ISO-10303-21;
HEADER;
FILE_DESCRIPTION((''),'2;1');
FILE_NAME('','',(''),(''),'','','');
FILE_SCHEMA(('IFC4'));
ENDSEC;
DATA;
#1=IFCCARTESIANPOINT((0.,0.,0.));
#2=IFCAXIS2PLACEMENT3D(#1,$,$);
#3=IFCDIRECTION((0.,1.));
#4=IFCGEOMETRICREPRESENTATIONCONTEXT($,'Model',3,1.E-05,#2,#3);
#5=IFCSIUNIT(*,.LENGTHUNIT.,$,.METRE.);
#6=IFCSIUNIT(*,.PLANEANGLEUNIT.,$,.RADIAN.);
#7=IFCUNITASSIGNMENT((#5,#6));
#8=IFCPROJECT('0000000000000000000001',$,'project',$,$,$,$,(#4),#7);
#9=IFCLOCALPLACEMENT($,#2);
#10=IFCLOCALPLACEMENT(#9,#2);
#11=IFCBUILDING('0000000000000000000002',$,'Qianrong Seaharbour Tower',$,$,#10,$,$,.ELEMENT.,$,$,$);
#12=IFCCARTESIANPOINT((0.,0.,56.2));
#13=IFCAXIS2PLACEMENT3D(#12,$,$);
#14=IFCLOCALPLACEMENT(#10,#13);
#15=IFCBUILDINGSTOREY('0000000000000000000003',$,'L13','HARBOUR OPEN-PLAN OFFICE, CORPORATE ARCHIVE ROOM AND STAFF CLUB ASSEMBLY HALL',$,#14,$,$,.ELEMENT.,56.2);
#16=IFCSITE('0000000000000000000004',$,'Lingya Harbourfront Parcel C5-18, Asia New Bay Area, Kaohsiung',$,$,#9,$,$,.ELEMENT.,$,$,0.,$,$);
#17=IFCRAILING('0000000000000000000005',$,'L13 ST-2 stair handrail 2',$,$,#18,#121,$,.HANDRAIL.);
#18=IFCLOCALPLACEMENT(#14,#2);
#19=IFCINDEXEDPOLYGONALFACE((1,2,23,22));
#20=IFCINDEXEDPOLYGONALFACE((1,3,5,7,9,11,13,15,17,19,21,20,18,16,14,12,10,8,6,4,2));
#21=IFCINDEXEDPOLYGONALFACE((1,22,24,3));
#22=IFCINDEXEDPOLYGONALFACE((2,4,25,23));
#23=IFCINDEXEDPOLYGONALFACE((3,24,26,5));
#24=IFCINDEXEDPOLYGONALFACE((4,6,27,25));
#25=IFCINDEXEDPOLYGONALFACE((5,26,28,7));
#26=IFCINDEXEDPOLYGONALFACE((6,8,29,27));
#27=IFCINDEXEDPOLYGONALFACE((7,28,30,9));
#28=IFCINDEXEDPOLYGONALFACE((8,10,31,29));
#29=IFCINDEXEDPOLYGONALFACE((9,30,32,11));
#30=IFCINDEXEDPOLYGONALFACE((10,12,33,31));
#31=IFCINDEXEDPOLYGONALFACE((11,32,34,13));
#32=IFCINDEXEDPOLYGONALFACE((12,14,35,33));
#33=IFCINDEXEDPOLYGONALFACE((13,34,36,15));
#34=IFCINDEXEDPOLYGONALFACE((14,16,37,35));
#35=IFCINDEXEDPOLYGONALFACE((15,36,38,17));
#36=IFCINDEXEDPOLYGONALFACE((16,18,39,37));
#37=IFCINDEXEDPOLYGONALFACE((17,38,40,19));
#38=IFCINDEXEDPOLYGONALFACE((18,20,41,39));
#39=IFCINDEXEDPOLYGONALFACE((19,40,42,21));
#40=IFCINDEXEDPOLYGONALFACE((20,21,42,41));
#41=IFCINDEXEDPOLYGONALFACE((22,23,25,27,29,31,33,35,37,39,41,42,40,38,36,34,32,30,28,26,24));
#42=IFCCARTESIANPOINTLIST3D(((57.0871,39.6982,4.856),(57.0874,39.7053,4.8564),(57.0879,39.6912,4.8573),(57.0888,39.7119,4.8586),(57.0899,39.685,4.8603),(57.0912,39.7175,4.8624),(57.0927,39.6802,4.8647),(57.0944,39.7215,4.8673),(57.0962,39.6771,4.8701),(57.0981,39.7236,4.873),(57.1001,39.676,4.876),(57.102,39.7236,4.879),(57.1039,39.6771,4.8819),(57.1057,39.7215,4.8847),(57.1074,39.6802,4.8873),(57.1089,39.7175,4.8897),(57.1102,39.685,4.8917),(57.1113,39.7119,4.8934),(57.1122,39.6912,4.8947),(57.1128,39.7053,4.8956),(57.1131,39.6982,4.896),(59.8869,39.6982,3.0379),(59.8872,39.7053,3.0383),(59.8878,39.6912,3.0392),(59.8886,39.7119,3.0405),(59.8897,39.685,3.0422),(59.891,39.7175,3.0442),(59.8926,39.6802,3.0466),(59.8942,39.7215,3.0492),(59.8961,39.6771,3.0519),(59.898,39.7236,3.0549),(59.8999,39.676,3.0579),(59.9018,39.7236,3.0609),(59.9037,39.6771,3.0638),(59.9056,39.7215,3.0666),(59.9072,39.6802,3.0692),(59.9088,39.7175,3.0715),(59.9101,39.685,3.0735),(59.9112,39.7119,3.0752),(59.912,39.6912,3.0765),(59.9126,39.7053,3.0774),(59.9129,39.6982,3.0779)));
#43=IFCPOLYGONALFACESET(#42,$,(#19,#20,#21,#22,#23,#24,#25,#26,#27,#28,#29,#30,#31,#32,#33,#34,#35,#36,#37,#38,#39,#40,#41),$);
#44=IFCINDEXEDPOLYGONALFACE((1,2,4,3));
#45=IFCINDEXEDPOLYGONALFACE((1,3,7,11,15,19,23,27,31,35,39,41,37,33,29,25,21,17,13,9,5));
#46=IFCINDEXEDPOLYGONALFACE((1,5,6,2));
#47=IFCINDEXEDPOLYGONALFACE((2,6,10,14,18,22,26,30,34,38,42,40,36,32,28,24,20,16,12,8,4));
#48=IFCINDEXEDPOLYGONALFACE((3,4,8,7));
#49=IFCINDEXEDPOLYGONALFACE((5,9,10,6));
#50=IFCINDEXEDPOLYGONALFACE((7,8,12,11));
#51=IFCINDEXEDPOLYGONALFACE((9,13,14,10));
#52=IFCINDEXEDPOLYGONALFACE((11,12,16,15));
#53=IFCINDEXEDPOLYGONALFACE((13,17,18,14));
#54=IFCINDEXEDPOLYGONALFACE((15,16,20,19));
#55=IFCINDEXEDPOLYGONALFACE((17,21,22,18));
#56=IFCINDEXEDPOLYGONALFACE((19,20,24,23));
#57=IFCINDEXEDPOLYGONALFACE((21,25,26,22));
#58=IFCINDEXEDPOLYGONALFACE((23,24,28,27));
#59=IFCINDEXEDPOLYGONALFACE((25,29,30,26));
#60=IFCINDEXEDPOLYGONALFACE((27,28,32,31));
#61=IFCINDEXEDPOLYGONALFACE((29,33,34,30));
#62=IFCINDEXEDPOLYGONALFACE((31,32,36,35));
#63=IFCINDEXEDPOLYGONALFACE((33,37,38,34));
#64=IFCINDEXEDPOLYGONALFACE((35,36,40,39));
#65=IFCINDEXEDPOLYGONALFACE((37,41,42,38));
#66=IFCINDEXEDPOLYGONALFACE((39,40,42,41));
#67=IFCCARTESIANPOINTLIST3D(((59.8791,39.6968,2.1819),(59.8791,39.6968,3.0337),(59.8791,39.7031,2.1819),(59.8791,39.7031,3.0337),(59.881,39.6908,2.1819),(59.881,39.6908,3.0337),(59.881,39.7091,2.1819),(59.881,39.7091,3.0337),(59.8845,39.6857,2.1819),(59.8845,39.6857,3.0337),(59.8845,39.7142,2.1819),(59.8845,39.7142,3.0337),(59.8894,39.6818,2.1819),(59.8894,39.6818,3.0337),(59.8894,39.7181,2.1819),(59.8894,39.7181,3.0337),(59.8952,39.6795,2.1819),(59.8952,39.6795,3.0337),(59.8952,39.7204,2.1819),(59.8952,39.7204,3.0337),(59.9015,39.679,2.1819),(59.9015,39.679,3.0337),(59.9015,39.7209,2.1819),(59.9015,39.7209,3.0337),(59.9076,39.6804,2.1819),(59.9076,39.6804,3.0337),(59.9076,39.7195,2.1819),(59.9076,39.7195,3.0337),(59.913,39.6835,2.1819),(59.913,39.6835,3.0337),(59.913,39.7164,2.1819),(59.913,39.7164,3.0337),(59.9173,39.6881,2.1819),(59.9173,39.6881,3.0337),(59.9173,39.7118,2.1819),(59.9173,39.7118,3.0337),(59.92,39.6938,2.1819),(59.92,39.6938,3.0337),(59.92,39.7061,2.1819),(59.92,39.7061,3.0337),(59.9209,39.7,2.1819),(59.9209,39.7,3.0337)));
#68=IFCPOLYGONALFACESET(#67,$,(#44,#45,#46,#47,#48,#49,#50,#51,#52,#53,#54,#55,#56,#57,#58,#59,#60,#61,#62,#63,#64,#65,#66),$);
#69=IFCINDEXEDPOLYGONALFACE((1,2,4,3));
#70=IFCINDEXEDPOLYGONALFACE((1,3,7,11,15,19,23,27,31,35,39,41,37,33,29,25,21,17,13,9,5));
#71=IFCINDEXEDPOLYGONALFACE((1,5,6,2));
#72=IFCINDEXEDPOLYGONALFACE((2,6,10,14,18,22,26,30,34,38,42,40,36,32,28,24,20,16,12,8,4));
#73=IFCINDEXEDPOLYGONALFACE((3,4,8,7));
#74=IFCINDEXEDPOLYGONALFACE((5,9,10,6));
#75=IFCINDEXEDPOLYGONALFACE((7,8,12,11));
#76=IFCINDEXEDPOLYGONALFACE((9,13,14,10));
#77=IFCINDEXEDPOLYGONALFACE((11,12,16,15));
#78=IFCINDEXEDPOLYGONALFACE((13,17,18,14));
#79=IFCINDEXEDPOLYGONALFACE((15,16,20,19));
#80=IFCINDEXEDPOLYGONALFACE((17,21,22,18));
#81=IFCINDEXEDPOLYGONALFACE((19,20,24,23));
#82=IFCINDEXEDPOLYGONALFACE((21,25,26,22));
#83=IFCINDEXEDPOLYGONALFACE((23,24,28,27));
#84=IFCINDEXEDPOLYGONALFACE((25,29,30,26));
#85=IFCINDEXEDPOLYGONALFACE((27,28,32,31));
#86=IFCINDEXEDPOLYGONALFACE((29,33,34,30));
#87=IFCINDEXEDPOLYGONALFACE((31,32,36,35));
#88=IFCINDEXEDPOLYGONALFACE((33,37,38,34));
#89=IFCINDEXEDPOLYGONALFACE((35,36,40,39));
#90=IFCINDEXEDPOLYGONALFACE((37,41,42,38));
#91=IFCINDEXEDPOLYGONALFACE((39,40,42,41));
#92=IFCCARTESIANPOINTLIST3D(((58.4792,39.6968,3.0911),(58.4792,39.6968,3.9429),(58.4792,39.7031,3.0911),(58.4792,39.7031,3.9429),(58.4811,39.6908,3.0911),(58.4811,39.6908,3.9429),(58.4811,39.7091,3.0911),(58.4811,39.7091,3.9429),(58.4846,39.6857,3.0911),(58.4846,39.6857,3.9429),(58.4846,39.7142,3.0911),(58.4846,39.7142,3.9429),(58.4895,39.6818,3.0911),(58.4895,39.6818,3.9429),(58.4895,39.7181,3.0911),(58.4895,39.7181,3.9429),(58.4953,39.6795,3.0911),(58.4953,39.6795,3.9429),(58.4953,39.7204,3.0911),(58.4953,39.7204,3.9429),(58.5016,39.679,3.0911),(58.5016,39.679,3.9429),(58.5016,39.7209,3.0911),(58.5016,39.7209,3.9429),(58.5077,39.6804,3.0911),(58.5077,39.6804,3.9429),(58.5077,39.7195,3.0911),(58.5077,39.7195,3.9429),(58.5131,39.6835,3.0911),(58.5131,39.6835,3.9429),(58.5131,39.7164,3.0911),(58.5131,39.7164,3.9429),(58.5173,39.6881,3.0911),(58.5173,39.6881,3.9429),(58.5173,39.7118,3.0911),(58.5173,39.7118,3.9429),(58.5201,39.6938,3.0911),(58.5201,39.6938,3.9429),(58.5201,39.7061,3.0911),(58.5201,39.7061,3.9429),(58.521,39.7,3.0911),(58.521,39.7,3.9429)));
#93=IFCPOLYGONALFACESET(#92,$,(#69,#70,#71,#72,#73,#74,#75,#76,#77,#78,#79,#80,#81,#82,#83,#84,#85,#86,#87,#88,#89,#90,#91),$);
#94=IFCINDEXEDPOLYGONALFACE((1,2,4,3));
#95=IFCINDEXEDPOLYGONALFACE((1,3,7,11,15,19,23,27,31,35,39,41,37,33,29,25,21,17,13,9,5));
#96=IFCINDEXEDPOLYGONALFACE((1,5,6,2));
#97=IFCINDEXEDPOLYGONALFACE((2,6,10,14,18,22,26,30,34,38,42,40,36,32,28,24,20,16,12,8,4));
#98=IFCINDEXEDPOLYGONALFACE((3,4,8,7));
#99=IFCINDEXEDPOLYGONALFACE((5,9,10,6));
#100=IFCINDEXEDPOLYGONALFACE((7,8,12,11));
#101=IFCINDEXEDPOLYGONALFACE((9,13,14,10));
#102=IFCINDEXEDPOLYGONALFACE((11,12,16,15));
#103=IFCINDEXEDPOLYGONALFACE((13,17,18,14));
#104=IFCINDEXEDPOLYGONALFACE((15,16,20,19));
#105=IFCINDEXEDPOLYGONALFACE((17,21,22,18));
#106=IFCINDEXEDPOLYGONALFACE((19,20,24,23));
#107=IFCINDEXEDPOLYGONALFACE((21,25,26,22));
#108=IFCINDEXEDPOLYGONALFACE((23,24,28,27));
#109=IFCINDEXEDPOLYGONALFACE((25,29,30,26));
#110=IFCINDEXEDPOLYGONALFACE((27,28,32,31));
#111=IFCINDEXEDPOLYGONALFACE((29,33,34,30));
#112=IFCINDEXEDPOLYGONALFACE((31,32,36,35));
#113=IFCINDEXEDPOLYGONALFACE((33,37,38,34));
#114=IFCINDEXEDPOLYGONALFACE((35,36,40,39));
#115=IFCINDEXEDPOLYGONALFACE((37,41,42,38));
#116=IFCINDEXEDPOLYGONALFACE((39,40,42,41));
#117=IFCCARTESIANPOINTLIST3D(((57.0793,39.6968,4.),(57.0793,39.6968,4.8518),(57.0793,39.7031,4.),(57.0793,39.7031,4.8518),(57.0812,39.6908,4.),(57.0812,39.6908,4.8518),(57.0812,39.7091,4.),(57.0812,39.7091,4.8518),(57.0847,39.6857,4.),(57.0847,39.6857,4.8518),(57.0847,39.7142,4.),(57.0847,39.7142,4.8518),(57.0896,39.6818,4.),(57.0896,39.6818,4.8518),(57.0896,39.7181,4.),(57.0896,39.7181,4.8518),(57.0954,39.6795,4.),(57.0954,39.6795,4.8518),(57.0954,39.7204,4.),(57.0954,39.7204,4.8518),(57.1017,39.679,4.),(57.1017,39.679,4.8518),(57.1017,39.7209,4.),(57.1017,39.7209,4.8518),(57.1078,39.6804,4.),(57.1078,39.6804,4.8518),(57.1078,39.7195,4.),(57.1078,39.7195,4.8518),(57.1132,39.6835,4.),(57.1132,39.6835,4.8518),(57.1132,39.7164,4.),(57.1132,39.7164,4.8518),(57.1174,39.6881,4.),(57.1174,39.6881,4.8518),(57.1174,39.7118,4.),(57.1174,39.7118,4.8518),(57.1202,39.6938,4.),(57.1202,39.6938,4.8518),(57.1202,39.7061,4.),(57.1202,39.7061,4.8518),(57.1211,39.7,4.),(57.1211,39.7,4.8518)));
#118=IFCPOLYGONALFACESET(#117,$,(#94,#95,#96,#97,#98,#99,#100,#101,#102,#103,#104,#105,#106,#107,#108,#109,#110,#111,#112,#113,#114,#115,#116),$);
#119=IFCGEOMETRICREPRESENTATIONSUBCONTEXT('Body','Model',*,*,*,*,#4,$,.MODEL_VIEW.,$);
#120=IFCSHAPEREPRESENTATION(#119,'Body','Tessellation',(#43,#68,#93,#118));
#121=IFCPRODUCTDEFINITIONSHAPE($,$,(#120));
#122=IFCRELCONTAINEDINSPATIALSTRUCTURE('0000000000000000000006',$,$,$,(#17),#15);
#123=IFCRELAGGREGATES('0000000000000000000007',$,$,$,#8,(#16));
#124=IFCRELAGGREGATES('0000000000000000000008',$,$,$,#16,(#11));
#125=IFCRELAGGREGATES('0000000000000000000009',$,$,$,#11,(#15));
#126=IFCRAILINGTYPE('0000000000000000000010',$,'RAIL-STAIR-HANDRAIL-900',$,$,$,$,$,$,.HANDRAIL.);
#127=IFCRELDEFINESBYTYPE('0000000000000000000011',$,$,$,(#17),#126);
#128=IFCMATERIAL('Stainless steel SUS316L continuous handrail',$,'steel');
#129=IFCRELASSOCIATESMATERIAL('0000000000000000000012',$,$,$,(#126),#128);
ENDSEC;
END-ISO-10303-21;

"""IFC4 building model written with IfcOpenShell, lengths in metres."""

from ifc_helpers import new_model, si_unit, direction, frame, origin, origin_2d, place, context, subcontext, project, spatial, circle, extrude, material, type_object, element, save


model = new_model("IFC4")

# Units and contexts
model_context = context("Model", 3, precision=1e-05, world=origin(), true_north=direction((0.0, 1.0)))
body_context = subcontext(model_context, "Body", "Model", "MODEL_VIEW")
ifc_project = project(units=[si_unit("LENGTHUNIT", "METRE"), si_unit("PLANEANGLEUNIT", "RADIAN")], contexts=[model_context])

# Site, building, storey
site_placement = place(None, origin())
site = spatial("IfcSite", under=ifc_project, at=site_placement, Name="Lingya Harbourfront Parcel C5-18, Asia New Bay Area, Kaohsiung", CompositionType="ELEMENT", RefElevation=0.0)
building_placement = place(site_placement, origin())
building = spatial("IfcBuilding", under=site, at=building_placement, Name="Qianrong Seaharbour Tower", CompositionType="ELEMENT")
storey_placement = place(building_placement, frame((0.0, 0.0, 56.2)))
storey = spatial("IfcBuildingStorey", under=building, at=storey_placement, Name="L13", Description="HARBOUR OPEN-PLAN OFFICE, CORPORATE ARCHIVE ROOM AND STAFF CLUB ASSEMBLY HALL", CompositionType="ELEMENT", Elevation=56.2)

# Railing
ifc_material_1 = material(Name="Stainless steel SUS316L continuous handrail", Category="steel")
railing_type_1 = type_object("IfcRailingType", Name="RAIL-STAIR-HANDRAIL-900", PredefinedType="HANDRAIL", material=ifc_material_1)
railing_1_placement = place(storey_placement, frame((59.8999, 39.7, 2.1819)))
element("IfcRailing", 1, at=railing_1_placement, inside=storey, type_object=railing_type_1, Name="L13 ST-2 stair handrail 2", PredefinedType="HANDRAIL", context=body_context, shape_type="SweptSolid", body=[
    extrude(circle(Radius=0.0239, at=origin_2d()), frame((0.0, 0.0, 0.876), z_axis=(-0.838684, 0.0, 0.544618), x_axis=(0.0, -1.0, 0.0)), (0.0, 0.0, 1.0), 3.3384),
    extrude(circle(Radius=0.021, at=origin_2d()), origin(), (0.0, 0.0, 1.0), 0.8518),
    extrude(circle(Radius=0.021, at=origin_2d()), frame((-1.3999, 0.0, 0.9092)), (0.0, 0.0, 1.0), 0.8518),
    extrude(circle(Radius=0.021, at=origin_2d()), frame((-2.7998, 0.0, 1.8181)), (0.0, 0.0, 1.0), 0.8518),
])

save(model, "model.ifc")
